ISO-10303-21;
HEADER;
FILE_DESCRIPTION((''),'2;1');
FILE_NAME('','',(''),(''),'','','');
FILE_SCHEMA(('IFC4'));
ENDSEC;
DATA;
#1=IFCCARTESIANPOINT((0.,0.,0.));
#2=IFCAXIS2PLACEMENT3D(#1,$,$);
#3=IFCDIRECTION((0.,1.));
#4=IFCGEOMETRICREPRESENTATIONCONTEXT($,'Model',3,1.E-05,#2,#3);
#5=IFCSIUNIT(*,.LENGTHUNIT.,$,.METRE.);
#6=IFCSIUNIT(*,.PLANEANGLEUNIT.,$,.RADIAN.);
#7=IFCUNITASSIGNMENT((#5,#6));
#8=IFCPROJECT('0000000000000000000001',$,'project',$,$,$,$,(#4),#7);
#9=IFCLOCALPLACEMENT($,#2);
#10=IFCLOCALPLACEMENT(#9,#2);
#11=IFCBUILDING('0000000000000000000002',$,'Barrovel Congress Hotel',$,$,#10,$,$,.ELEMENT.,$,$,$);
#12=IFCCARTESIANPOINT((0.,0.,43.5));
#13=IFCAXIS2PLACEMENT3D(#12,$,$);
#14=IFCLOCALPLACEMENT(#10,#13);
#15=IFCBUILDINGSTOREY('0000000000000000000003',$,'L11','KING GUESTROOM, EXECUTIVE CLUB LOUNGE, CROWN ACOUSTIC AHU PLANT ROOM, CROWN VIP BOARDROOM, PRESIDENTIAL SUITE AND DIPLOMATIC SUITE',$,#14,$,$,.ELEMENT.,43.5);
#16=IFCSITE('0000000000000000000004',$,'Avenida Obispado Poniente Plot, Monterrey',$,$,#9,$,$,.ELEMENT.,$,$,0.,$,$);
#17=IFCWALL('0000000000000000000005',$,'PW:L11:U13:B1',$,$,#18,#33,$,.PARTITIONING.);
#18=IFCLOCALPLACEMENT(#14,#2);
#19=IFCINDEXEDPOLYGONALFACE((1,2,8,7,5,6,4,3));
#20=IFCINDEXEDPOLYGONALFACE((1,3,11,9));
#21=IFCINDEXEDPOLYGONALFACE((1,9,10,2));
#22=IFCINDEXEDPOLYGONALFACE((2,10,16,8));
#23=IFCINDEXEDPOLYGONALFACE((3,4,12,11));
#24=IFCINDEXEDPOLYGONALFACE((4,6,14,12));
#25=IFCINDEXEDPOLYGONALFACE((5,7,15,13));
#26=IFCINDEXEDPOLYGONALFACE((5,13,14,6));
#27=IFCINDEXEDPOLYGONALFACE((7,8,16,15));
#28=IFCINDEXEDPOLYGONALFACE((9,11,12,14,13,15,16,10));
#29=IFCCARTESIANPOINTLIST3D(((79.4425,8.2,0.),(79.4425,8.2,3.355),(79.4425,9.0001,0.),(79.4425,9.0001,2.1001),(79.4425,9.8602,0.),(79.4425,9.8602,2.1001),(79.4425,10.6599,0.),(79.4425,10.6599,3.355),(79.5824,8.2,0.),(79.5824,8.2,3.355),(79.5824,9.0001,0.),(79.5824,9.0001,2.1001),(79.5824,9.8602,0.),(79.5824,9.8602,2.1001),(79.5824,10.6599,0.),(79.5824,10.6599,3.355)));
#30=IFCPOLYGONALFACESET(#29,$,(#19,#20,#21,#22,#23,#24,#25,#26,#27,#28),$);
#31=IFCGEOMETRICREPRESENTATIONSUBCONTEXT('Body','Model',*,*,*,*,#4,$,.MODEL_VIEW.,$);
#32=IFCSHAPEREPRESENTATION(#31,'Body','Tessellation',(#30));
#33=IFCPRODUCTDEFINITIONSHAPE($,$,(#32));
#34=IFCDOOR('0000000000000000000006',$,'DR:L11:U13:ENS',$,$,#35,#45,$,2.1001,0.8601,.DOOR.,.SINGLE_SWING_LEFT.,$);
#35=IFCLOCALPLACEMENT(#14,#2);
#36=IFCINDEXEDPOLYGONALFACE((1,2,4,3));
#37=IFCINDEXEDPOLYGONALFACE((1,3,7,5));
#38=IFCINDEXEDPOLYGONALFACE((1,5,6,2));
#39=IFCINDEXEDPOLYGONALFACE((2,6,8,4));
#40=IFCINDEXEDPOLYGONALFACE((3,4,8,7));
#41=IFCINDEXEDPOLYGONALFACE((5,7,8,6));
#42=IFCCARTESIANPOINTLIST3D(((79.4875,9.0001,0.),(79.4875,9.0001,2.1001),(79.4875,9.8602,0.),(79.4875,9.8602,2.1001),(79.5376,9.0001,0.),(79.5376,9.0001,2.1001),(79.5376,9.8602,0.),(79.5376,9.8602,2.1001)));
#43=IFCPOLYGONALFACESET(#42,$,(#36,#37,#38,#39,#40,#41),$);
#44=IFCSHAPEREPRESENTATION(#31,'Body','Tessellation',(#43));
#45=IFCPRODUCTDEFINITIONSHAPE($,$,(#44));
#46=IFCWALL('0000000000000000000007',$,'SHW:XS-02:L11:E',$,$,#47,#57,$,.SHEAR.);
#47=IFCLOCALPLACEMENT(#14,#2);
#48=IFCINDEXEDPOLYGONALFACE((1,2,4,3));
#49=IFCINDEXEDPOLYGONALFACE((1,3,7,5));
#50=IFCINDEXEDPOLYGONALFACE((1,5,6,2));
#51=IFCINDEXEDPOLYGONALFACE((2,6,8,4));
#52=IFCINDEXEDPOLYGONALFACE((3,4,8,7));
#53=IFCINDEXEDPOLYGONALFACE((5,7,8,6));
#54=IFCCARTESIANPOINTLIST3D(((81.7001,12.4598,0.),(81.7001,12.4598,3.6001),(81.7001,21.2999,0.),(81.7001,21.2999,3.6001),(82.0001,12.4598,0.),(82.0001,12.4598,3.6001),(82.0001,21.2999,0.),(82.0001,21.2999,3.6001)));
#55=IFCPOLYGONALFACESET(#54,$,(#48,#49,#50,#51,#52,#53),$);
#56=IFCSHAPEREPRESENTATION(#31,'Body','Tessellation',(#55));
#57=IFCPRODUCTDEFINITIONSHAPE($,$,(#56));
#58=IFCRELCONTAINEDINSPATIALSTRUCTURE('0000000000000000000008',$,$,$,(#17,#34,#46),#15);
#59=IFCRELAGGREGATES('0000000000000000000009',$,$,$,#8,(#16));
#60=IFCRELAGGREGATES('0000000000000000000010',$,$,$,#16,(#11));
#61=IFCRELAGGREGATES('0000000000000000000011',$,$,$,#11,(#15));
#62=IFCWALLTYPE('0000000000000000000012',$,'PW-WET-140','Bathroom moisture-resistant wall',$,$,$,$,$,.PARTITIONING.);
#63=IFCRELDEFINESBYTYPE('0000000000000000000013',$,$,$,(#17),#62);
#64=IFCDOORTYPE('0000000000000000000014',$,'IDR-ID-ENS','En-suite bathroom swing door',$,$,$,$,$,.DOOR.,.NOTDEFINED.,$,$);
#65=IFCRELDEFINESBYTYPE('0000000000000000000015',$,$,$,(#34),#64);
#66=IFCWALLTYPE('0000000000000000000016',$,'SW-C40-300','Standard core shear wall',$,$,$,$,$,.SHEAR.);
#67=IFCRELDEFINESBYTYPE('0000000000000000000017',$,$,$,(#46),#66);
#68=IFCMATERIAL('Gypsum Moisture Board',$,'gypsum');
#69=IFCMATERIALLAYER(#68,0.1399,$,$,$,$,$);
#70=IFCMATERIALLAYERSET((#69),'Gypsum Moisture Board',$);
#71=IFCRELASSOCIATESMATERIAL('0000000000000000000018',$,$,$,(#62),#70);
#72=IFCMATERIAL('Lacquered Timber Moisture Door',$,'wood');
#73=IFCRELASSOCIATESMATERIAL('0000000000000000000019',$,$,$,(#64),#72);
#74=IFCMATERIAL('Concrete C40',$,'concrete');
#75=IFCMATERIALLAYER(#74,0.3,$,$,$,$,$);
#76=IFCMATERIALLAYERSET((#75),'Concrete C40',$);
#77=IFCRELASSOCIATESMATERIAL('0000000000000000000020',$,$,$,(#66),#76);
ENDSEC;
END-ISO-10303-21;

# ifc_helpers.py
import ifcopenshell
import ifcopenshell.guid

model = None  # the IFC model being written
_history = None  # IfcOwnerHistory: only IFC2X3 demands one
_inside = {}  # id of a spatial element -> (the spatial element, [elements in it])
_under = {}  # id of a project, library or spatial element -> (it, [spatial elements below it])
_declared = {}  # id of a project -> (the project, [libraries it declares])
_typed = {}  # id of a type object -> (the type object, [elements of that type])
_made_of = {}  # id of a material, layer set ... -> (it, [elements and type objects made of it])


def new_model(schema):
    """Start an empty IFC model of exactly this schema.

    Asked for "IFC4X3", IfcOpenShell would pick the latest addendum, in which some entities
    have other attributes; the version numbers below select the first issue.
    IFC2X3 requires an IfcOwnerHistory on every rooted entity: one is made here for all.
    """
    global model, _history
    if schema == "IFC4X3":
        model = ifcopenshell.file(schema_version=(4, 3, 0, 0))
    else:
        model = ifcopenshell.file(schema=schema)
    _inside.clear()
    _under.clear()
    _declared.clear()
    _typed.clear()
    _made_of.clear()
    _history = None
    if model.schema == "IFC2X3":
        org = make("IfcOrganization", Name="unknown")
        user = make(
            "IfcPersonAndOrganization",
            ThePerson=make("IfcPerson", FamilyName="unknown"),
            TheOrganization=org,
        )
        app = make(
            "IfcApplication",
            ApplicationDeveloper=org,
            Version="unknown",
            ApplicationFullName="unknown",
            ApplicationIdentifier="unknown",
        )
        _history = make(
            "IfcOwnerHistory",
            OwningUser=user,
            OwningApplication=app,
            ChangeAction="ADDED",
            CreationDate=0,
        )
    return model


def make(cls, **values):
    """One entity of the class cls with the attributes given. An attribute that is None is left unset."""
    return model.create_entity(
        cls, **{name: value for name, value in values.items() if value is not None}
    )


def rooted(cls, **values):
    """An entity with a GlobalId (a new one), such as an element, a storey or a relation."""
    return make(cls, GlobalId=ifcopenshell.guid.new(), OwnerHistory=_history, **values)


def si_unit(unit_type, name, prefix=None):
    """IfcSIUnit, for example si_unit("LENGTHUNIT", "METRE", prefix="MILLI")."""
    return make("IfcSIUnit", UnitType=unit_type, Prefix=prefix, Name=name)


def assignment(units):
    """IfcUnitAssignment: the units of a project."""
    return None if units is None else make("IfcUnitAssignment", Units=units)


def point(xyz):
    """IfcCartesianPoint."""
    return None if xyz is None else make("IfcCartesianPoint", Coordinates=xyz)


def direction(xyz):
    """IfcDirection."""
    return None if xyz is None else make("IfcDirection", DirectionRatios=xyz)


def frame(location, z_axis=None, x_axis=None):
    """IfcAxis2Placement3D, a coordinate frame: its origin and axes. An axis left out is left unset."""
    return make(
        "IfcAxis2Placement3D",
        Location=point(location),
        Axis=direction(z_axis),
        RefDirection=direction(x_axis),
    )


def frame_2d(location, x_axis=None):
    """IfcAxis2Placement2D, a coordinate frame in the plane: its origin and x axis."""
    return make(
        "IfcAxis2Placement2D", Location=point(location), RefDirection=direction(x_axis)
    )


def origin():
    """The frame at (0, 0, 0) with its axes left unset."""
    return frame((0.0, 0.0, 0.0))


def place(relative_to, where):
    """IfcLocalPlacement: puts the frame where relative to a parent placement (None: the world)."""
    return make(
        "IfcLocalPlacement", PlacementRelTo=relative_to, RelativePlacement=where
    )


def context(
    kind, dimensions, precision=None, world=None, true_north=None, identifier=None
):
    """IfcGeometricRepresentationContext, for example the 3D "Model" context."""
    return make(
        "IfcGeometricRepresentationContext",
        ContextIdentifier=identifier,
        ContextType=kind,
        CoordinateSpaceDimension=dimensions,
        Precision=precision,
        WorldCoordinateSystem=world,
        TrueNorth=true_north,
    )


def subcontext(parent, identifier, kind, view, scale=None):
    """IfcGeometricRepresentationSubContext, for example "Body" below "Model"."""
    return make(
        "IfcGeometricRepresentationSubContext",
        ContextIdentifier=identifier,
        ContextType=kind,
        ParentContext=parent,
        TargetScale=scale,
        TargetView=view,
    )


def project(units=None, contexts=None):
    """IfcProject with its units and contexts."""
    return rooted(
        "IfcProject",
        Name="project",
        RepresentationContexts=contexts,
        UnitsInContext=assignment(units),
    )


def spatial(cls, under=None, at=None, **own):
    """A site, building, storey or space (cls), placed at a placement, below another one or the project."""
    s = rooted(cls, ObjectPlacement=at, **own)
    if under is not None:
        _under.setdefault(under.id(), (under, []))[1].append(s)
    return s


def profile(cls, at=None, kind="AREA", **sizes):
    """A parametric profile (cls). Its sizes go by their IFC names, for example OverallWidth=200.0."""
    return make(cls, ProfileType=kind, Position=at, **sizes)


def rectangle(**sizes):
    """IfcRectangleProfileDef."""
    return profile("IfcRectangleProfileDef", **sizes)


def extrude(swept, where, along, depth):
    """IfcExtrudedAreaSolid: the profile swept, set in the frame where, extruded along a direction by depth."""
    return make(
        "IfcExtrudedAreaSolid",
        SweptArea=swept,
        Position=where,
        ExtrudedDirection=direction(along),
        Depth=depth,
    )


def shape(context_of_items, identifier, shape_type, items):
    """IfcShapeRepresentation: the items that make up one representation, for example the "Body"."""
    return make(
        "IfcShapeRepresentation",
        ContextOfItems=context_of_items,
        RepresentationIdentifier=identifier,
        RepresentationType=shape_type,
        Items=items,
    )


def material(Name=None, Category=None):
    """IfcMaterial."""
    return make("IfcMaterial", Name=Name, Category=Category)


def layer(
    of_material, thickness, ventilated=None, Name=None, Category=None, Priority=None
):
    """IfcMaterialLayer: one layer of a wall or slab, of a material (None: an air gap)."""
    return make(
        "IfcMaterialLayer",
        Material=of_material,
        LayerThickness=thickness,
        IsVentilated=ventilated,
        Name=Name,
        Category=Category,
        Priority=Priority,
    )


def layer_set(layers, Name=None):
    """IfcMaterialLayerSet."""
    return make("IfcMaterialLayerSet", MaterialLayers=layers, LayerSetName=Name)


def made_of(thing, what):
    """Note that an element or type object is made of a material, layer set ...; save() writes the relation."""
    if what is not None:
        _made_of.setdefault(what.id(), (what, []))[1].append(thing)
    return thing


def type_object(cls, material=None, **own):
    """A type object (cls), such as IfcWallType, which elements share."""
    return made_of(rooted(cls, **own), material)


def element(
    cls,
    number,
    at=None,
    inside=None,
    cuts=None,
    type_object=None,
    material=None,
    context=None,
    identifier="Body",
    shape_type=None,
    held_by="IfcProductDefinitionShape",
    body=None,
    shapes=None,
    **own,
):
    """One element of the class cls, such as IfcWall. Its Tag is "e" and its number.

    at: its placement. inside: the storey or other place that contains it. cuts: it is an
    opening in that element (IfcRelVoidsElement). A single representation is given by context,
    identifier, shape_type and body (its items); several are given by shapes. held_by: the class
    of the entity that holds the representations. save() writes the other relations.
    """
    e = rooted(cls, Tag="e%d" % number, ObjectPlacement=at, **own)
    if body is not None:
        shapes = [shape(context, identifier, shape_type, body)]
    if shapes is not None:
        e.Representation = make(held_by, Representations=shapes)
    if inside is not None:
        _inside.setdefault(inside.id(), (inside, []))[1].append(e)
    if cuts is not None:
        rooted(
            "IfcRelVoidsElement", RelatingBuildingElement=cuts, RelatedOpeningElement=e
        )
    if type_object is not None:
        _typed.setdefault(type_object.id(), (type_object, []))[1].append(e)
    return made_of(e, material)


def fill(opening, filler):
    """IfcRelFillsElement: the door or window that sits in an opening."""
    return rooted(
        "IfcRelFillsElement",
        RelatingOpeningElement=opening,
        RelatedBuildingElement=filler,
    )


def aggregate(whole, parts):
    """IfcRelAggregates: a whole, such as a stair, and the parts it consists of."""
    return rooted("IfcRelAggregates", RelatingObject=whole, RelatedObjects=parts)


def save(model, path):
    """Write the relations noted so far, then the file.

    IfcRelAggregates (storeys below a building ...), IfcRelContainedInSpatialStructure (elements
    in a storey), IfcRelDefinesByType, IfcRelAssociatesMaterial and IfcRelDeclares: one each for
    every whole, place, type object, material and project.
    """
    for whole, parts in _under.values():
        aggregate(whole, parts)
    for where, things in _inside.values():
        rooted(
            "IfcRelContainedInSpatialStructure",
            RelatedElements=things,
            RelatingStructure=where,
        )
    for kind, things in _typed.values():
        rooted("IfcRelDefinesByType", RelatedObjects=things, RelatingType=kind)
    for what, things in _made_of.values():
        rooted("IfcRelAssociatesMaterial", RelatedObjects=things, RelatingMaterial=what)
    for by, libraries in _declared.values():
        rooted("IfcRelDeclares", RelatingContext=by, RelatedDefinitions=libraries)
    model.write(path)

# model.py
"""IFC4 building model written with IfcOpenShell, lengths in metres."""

from ifc_helpers import new_model, si_unit, direction, frame, frame_2d, origin, place, context, subcontext, project, spatial, rectangle, extrude, material, layer, layer_set, type_object, element, fill, save


model = new_model("IFC4")

# Units and contexts
model_context = context("Model", 3, precision=1e-05, world=origin(), true_north=direction((0.0, 1.0)))
body_context = subcontext(model_context, "Body", "Model", "MODEL_VIEW")
ifc_project = project(units=[si_unit("LENGTHUNIT", "METRE"), si_unit("PLANEANGLEUNIT", "RADIAN")], contexts=[model_context])

# Site, building, storey
site_placement = place(None, origin())
site = spatial("IfcSite", under=ifc_project, at=site_placement, Name="Avenida Obispado Poniente Plot, Monterrey", CompositionType="ELEMENT", RefElevation=0.0)
building_placement = place(site_placement, origin())
building = spatial("IfcBuilding", under=site, at=building_placement, Name="Barrovel Congress Hotel", CompositionType="ELEMENT")
storey_placement = place(building_placement, frame((0.0, 0.0, 43.5)))
storey = spatial("IfcBuildingStorey", under=building, at=storey_placement, Name="L11", Description="KING GUESTROOM, EXECUTIVE CLUB LOUNGE, CROWN ACOUSTIC AHU PLANT ROOM, CROWN VIP BOARDROOM, PRESIDENTIAL SUITE AND DIPLOMATIC SUITE", CompositionType="ELEMENT", Elevation=43.5)

# Shared definitions
ifc_material_1 = material(Name="Concrete C40", Category="concrete")

# Wall, opening, door
ifc_material_2 = material(Name="Gypsum Moisture Board", Category="gypsum")
ifc_layer_1 = layer(ifc_material_2, 0.1399)
ifc_layer_set_1 = layer_set([ifc_layer_1], Name="Gypsum Moisture Board")
wall_type_1 = type_object("IfcWallType", Name="PW-WET-140", Description="Bathroom moisture-resistant wall", PredefinedType="PARTITIONING", material=ifc_layer_set_1)
wall_1_placement = place(storey_placement, frame((79.5125, 8.2, 0.0), z_axis=(0.0, 0.0, 1.0), x_axis=(0.0, 1.0, 0.0)))
wall_1 = element("IfcWall", 1, at=wall_1_placement, inside=storey, type_object=wall_type_1, Name="PW:L11:U13:B1", PredefinedType="PARTITIONING", context=body_context, shape_type="SweptSolid", body=[
    extrude(rectangle(XDim=2.46, YDim=0.1399, at=frame_2d((1.23, 0.0))), origin(), (0.0, 0.0, 1.0), 3.355),
])
opening_1_placement = place(wall_1_placement, frame((0.8, 0.0, 0.0)))
opening_1 = element("IfcOpeningElement", 2, at=opening_1_placement, cuts=wall_1, PredefinedType="OPENING", context=body_context, shape_type="SweptSolid", body=[
    extrude(rectangle(XDim=0.8601, YDim=2.1001, at=frame_2d((0.4302, 1.05))), frame((0.0, 0.0801, 0.0), z_axis=(0.0, -1.0, 0.0), x_axis=(1.0, 0.0, 0.0)), (0.0, 0.0, 1.0), 0.1599),
])
ifc_material_3 = material(Name="Lacquered Timber Moisture Door", Category="wood")
door_type_1 = type_object("IfcDoorType", Name="IDR-ID-ENS", Description="En-suite bathroom swing door", OperationType="NOTDEFINED", PredefinedType="DOOR", material=ifc_material_3)
door_1_placement = place(opening_1_placement, origin())
door_1 = element("IfcDoor", 3, at=door_1_placement, inside=storey, type_object=door_type_1, Name="DR:L11:U13:ENS", OperationType="SINGLE_SWING_LEFT", OverallHeight=2.1001, OverallWidth=0.8601, PredefinedType="DOOR", context=body_context, shape_type="SweptSolid", body=[
    extrude(rectangle(XDim=0.8601, YDim=2.1001, at=frame_2d((0.4302, 1.05))), frame((0.0, 0.0249, 0.0), z_axis=(0.0, -1.0, 0.0), x_axis=(1.0, 0.0, 0.0)), (0.0, 0.0, 1.0), 0.05),
])
fill(opening_1, door_1)

# Wall
ifc_layer_2 = layer(ifc_material_1, 0.3)
ifc_layer_set_2 = layer_set([ifc_layer_2], Name="Concrete C40")
wall_type_2 = type_object("IfcWallType", Name="SW-C40-300", Description="Standard core shear wall", PredefinedType="SHEAR", material=ifc_layer_set_2)
wall_2_placement = place(storey_placement, frame((81.8501, 12.46, 0.0), z_axis=(0.0, 0.0, 1.0), x_axis=(0.0, 1.0, 0.0)))
element("IfcWall", 4, at=wall_2_placement, inside=storey, type_object=wall_type_2, Name="SHW:XS-02:L11:E", PredefinedType="SHEAR", context=body_context, shape_type="SweptSolid", body=[
    extrude(rectangle(XDim=8.8401, YDim=0.3, at=frame_2d((4.4199, 0.0))), origin(), (0.0, 0.0, 1.0), 3.6001),
])

save(model, "model.ifc")
